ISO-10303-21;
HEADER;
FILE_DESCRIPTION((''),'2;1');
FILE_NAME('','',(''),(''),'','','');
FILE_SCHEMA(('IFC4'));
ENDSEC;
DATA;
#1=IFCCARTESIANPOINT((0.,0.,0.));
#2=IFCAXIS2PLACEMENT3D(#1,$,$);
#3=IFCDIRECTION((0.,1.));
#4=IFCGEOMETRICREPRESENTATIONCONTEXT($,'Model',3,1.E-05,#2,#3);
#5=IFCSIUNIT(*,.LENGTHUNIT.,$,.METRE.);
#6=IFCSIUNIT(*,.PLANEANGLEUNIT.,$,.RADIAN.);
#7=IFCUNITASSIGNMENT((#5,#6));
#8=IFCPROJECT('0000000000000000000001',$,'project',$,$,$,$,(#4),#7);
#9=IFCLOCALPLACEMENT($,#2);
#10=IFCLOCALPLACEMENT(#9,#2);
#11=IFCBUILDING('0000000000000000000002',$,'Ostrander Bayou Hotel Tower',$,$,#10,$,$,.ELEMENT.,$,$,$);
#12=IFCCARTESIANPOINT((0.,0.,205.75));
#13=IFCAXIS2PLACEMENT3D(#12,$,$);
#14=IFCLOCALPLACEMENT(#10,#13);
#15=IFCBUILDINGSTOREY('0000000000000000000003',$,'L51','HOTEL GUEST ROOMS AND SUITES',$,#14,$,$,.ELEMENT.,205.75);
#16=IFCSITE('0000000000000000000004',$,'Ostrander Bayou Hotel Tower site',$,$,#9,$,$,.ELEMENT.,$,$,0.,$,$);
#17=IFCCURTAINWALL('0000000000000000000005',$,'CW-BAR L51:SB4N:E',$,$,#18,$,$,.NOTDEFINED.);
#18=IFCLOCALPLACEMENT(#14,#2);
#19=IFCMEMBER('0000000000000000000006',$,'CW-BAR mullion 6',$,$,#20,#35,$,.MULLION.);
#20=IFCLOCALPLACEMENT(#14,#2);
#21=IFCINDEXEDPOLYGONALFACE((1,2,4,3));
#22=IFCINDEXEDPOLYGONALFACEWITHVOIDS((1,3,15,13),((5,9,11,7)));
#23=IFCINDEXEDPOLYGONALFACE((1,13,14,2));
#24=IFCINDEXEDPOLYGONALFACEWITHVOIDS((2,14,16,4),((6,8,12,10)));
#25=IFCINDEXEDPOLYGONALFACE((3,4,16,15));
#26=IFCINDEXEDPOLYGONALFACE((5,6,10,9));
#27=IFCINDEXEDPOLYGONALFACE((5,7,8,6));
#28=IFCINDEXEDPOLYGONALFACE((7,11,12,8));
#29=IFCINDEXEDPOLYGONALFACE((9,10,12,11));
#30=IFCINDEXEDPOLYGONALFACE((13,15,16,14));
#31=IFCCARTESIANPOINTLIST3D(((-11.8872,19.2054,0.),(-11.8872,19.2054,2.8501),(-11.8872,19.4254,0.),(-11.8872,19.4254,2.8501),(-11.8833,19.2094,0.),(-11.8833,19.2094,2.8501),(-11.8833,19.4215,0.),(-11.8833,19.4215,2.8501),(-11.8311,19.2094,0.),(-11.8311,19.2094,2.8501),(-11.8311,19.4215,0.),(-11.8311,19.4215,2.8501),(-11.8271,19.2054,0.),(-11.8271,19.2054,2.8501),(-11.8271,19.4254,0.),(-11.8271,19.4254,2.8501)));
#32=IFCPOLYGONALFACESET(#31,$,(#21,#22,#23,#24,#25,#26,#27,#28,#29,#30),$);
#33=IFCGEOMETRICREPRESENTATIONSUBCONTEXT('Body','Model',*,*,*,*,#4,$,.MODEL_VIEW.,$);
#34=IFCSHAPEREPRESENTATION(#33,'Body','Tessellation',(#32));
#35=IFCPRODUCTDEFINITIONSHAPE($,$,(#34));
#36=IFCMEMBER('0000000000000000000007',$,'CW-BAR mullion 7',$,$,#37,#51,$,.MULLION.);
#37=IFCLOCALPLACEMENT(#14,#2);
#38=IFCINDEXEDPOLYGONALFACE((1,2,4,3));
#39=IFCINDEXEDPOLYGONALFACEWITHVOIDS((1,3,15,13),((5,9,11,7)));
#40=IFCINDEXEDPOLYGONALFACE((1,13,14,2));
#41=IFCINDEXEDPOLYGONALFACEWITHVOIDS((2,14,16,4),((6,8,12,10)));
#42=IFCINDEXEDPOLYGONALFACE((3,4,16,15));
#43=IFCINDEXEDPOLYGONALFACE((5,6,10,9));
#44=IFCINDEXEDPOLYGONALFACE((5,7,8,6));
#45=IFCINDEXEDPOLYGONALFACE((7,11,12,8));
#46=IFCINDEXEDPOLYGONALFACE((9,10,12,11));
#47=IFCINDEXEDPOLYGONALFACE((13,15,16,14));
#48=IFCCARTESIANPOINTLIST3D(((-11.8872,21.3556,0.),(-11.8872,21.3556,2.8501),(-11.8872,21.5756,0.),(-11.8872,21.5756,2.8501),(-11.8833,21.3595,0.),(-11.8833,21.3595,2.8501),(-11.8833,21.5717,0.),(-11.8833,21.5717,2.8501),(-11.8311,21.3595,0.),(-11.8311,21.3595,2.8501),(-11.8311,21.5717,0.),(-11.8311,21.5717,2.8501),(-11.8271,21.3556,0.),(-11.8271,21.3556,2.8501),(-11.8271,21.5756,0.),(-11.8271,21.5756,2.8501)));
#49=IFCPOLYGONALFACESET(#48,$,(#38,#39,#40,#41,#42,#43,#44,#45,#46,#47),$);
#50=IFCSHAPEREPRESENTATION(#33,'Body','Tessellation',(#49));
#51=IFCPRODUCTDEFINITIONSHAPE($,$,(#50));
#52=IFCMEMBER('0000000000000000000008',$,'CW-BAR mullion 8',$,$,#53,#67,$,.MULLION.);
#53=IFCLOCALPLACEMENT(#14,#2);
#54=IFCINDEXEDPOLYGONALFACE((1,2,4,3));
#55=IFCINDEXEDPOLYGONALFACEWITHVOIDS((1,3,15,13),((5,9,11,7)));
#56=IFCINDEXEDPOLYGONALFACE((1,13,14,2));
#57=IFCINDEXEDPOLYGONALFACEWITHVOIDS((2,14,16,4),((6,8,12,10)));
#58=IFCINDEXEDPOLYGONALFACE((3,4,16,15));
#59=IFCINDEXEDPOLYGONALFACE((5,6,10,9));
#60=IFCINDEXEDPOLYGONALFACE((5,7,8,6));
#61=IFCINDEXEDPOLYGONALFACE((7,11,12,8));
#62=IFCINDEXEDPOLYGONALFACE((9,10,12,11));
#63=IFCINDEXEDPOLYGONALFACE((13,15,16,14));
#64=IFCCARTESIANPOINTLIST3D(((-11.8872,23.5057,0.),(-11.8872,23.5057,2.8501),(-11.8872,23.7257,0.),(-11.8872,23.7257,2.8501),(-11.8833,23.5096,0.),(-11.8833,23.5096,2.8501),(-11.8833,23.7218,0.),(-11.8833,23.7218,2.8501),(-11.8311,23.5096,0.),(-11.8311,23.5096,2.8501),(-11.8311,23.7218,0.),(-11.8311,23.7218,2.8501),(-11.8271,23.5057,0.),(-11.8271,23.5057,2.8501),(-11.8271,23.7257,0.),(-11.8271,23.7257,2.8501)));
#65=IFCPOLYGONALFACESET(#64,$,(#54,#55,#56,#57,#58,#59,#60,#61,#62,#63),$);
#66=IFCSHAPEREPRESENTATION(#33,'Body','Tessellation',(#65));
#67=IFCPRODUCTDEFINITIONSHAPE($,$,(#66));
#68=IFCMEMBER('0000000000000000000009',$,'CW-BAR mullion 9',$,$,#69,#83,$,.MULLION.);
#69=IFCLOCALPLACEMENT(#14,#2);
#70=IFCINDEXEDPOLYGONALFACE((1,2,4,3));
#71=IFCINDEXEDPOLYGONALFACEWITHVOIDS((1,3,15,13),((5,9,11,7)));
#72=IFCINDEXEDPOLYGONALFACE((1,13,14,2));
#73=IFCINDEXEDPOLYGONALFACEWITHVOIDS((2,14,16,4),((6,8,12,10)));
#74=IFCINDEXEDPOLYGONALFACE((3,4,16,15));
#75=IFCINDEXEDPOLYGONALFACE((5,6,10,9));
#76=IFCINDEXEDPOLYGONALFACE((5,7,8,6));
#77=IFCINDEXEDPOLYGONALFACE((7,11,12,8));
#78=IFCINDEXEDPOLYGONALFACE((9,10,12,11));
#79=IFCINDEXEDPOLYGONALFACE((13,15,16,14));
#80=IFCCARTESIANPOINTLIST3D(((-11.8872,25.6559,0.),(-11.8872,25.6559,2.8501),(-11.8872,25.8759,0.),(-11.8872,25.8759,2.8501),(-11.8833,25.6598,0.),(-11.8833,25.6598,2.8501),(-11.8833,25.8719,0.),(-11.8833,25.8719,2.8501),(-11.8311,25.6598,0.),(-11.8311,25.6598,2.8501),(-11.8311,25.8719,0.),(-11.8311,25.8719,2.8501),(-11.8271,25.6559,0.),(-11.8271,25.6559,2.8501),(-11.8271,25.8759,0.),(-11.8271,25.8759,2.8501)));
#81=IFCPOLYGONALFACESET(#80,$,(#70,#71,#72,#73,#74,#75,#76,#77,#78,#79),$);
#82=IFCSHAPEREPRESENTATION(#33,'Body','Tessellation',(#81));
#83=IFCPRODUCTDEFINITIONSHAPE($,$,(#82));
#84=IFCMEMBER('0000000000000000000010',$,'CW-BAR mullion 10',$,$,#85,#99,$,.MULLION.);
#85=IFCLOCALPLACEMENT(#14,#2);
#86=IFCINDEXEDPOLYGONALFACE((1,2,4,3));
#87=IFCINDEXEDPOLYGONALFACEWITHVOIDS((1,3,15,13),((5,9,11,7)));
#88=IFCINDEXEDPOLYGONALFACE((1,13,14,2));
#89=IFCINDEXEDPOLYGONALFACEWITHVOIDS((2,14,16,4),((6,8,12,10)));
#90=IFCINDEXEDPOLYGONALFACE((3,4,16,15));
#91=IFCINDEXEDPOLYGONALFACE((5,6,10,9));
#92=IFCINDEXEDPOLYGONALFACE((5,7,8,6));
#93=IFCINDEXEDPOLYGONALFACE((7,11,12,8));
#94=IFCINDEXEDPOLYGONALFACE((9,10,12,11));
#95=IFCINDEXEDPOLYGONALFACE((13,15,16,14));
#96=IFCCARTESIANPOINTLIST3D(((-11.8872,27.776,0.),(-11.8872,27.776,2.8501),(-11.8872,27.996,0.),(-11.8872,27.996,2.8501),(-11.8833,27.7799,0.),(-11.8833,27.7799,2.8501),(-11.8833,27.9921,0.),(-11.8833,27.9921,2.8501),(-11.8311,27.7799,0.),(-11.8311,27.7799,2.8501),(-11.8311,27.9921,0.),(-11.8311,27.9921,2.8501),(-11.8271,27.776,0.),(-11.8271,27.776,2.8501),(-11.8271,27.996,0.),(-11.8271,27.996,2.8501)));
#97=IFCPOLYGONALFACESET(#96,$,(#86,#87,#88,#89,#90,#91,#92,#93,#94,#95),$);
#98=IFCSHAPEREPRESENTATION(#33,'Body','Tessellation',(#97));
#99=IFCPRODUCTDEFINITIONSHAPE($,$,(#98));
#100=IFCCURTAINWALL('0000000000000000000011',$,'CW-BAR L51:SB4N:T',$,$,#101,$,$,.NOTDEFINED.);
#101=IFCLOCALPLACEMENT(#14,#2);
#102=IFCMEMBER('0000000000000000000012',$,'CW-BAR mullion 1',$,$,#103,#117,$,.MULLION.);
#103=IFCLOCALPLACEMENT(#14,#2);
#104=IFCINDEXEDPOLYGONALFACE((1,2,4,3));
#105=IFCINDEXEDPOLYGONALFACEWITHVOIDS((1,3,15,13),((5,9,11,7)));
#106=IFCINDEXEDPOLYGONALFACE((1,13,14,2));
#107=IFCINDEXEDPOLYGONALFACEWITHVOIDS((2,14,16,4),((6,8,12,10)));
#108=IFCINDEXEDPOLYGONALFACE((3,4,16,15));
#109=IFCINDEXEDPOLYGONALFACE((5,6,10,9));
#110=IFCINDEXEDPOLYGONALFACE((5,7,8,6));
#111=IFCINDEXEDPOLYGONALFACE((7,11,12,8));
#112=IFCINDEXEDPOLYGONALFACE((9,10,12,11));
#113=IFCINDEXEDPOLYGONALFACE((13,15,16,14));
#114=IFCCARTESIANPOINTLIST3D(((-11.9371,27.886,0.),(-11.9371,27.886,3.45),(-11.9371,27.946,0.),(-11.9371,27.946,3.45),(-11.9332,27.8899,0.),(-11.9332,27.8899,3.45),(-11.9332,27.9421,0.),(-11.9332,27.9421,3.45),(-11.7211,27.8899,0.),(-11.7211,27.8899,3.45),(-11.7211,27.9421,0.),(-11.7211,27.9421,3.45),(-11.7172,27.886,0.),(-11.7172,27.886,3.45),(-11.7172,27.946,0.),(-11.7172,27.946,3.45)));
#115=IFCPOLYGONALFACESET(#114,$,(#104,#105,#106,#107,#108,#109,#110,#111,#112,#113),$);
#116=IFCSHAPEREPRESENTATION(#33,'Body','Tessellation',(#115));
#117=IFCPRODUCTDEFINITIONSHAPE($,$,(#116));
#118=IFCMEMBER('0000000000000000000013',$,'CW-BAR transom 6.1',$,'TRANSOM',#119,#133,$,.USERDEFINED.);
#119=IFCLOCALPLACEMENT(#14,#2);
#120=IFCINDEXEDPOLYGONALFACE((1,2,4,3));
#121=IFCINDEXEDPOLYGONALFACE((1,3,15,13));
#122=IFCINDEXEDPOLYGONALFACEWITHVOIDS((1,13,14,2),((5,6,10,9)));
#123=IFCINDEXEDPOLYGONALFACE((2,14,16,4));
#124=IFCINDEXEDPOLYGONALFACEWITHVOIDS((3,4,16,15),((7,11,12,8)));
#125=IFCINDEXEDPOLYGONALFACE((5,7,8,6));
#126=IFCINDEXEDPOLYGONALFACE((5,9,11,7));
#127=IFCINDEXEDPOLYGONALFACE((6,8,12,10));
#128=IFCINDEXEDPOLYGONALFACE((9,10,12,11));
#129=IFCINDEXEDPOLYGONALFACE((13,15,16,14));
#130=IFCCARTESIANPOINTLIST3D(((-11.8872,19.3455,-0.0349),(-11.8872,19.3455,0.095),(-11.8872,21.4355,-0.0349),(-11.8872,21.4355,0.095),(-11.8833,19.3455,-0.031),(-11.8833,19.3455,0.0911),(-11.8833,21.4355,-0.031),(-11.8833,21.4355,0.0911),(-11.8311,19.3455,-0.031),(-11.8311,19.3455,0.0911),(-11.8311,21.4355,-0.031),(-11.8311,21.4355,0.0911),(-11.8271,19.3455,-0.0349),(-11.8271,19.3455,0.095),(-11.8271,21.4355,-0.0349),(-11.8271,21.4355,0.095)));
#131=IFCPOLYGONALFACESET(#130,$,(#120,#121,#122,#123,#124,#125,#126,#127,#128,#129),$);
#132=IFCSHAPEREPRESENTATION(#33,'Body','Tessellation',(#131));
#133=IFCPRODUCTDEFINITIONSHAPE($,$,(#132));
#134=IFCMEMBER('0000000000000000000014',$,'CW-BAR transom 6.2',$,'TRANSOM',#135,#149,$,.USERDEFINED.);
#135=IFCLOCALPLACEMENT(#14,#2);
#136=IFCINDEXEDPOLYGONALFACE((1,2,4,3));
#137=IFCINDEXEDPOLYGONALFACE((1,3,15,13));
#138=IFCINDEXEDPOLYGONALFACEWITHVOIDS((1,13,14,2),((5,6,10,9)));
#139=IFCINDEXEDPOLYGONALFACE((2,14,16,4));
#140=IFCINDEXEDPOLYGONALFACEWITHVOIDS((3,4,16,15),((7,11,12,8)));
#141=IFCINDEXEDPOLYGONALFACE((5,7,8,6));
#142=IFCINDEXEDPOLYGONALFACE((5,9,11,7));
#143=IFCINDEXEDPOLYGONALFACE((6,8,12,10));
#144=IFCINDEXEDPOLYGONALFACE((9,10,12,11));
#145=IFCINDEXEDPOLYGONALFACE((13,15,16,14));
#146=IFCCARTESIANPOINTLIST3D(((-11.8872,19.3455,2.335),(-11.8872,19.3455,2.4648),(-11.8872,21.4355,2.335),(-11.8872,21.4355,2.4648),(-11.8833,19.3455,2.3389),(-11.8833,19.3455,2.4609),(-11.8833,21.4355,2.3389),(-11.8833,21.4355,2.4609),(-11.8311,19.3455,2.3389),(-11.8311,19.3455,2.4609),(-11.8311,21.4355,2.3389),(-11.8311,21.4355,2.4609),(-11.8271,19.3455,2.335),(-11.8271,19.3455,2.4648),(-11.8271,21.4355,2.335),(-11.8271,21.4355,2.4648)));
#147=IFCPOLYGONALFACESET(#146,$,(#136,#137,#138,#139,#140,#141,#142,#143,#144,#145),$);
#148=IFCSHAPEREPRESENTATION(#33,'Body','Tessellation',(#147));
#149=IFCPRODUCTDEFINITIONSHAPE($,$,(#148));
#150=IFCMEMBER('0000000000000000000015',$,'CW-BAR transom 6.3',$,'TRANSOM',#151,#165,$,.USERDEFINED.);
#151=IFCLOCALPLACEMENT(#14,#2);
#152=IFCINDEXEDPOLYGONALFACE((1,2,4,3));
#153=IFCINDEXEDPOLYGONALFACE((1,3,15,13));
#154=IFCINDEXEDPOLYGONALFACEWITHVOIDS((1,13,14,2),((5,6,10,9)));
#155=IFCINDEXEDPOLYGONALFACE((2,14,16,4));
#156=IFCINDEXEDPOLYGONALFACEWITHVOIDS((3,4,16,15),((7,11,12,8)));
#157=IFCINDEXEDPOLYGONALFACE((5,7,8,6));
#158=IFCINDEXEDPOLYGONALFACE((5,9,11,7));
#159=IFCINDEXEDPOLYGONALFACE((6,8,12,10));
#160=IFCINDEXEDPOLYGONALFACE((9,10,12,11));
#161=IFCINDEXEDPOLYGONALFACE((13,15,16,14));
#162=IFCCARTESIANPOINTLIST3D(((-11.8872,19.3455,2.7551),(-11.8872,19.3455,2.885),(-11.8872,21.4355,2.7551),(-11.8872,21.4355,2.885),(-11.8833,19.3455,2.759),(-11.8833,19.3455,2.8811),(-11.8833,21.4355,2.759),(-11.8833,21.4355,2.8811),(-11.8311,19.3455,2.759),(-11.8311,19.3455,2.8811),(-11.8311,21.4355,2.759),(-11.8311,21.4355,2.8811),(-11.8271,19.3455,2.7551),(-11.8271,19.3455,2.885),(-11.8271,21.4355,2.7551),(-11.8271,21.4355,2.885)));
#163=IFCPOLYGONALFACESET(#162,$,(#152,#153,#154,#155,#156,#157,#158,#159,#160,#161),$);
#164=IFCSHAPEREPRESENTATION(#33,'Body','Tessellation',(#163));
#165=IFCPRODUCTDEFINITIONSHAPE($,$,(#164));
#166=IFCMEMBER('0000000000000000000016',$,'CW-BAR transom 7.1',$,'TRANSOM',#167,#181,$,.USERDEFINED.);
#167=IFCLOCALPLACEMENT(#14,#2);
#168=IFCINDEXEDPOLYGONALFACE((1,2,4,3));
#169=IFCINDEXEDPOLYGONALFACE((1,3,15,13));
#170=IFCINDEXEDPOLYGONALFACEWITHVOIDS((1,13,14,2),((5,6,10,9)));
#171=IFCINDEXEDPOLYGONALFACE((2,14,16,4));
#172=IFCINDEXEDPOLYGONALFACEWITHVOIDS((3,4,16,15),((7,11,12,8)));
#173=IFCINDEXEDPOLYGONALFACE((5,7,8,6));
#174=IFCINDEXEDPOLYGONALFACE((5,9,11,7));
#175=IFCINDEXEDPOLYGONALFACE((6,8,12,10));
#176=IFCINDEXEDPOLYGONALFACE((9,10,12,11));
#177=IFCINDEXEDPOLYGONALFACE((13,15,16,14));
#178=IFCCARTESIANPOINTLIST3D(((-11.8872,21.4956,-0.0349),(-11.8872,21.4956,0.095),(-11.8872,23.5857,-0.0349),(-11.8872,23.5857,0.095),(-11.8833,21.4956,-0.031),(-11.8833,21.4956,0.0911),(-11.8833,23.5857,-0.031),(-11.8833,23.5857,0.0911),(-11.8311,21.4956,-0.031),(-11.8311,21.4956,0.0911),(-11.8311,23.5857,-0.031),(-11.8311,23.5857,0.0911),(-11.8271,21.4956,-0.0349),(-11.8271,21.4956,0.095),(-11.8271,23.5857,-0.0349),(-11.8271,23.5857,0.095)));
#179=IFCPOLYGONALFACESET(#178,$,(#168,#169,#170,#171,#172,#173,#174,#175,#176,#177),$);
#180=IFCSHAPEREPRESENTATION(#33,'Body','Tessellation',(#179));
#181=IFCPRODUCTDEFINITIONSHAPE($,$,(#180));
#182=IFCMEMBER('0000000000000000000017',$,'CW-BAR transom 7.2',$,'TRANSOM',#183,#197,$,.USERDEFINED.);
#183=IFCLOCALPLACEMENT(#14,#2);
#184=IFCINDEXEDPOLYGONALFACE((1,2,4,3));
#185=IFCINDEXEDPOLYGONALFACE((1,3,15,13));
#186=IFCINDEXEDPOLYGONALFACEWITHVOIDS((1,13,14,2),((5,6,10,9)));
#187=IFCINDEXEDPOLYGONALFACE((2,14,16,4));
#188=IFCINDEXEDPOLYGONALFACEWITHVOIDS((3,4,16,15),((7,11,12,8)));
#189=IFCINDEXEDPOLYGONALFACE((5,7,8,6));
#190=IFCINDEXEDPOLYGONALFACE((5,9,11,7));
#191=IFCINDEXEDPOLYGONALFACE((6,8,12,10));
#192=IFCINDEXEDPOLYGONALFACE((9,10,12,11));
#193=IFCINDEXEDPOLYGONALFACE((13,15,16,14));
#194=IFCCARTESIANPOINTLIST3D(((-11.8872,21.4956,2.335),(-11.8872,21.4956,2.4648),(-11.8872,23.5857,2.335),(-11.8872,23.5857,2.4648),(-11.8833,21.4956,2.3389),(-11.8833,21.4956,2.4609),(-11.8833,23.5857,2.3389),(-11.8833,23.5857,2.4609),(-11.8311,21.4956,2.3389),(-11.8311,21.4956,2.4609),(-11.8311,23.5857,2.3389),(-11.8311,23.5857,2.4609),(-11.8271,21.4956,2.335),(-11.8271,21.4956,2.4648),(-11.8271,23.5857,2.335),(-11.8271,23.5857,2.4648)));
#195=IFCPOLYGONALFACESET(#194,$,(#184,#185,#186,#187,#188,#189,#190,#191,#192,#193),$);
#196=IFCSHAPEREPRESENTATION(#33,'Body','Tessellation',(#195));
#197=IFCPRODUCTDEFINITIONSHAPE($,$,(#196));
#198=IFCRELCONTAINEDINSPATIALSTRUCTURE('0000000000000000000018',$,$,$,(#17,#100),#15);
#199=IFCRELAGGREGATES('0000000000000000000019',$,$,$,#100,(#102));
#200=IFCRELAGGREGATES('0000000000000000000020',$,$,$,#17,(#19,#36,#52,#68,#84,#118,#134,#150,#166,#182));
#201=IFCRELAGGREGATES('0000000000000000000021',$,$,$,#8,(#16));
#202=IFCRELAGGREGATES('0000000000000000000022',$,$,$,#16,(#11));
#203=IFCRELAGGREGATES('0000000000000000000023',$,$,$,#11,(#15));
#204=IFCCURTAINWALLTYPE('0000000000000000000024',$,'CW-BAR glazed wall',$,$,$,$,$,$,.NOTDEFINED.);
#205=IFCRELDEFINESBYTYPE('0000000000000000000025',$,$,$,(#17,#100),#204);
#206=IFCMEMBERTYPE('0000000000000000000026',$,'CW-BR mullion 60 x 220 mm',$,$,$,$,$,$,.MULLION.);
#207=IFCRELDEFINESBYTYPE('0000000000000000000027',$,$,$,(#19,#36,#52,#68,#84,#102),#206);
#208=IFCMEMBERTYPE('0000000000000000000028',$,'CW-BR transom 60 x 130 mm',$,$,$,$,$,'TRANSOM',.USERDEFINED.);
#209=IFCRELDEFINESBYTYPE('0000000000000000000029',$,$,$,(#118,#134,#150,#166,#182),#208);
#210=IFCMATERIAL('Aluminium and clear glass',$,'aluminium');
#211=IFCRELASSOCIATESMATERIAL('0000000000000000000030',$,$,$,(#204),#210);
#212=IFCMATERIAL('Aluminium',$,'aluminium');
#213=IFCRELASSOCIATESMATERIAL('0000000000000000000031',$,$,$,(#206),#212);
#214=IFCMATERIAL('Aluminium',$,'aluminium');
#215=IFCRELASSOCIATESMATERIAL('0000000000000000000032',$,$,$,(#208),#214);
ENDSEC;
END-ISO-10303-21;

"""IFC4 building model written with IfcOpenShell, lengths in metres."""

from ifc_helpers import new_model, si_unit, direction, frame, origin, origin_2d, place, context, subcontext, project, spatial, hollow_rectangle, extrude, material, material_profile, profile_set, type_object, element, aggregate, save


model = new_model("IFC4")

# Units and contexts
model_context = context("Model", 3, precision=1e-05, world=origin(), true_north=direction((0.0, 1.0)))
body_context = subcontext(model_context, "Body", "Model", "MODEL_VIEW")
ifc_project = project(units=[si_unit("LENGTHUNIT", "METRE"), si_unit("PLANEANGLEUNIT", "RADIAN")], contexts=[model_context])

# Site, building, storey
site_placement = place(None, origin())
site = spatial("IfcSite", under=ifc_project, at=site_placement, Name="Ostrander Bayou Hotel Tower site", CompositionType="ELEMENT", RefElevation=0.0)
building_placement = place(site_placement, origin())
building = spatial("IfcBuilding", under=site, at=building_placement, Name="Ostrander Bayou Hotel Tower", CompositionType="ELEMENT")
storey_placement = place(building_placement, frame((0.0, 0.0, 205.75)))
storey = spatial("IfcBuildingStorey", under=building, at=storey_placement, Name="L51", Description="HOTEL GUEST ROOMS AND SUITES", CompositionType="ELEMENT", Elevation=205.75)

# Curtain wall, members
ifc_material_1 = material(Name="Aluminium and clear glass", Category="aluminium")
curtain_wall_type = type_object("IfcCurtainWallType", Name="CW-BAR glazed wall", PredefinedType="NOTDEFINED", material=ifc_material_1)
curtain_wall_1_placement = place(storey_placement, origin())
curtain_wall_1 = element("IfcCurtainWall", 1, at=curtain_wall_1_placement, inside=storey, type_object=curtain_wall_type, Name="CW-BAR L51:SB4N:E", PredefinedType="NOTDEFINED")
ifc_material_2 = material(Name="Aluminium", Category="aluminium")
ifc_material_profile_1 = material_profile(ifc_material_2, hollow_rectangle(XDim=0.0601, YDim=0.22, WallThickness=0.0039, at=origin_2d()))
ifc_profile_set_1 = profile_set([ifc_material_profile_1], Name="Aluminium")
member_type_1 = type_object("IfcMemberType", Name="CW-BR mullion 60 x 220 mm", PredefinedType="MULLION", material=ifc_profile_set_1)
member_1_placement = place(storey_placement, frame((-11.8572, 19.3154, 0.0), z_axis=(0.0, 0.0, 1.0), x_axis=(-1.0, 0.0, 0.0)))
member_1 = element("IfcMember", 2, at=member_1_placement, type_object=member_type_1, Name="CW-BAR mullion 6", PredefinedType="MULLION", context=body_context, shape_type="SweptSolid", body=[
    extrude(hollow_rectangle(XDim=0.0601, YDim=0.22, WallThickness=0.0039, at=origin_2d()), origin(), (0.0, 0.0, 1.0), 2.8501),
])
member_2_placement = place(storey_placement, frame((-11.8572, 21.4656, 0.0), z_axis=(0.0, 0.0, 1.0), x_axis=(-1.0, 0.0, 0.0)))
member_2 = element("IfcMember", 3, at=member_2_placement, type_object=member_type_1, Name="CW-BAR mullion 7", PredefinedType="MULLION", context=body_context, shape_type="SweptSolid", body=[
    extrude(hollow_rectangle(XDim=0.0601, YDim=0.22, WallThickness=0.0039, at=origin_2d()), origin(), (0.0, 0.0, 1.0), 2.8501),
])
member_3_placement = place(storey_placement, frame((-11.8572, 23.6157, 0.0), z_axis=(0.0, 0.0, 1.0), x_axis=(-1.0, 0.0, 0.0)))
member_3 = element("IfcMember", 4, at=member_3_placement, type_object=member_type_1, Name="CW-BAR mullion 8", PredefinedType="MULLION", context=body_context, shape_type="SweptSolid", body=[
    extrude(hollow_rectangle(XDim=0.0601, YDim=0.22, WallThickness=0.0039, at=origin_2d()), origin(), (0.0, 0.0, 1.0), 2.8501),
])
member_4_placement = place(storey_placement, frame((-11.8572, 25.7659, 0.0), z_axis=(0.0, 0.0, 1.0), x_axis=(-1.0, 0.0, 0.0)))
member_4 = element("IfcMember", 5, at=member_4_placement, type_object=member_type_1, Name="CW-BAR mullion 9", PredefinedType="MULLION", context=body_context, shape_type="SweptSolid", body=[
    extrude(hollow_rectangle(XDim=0.0601, YDim=0.22, WallThickness=0.0039, at=origin_2d()), origin(), (0.0, 0.0, 1.0), 2.8501),
])
member_5_placement = place(storey_placement, frame((-11.8572, 27.886, 0.0), z_axis=(0.0, 0.0, 1.0), x_axis=(-1.0, 0.0, 0.0)))
member_5 = element("IfcMember", 6, at=member_5_placement, type_object=member_type_1, Name="CW-BAR mullion 10", PredefinedType="MULLION", context=body_context, shape_type="SweptSolid", body=[
    extrude(hollow_rectangle(XDim=0.0601, YDim=0.22, WallThickness=0.0039, at=origin_2d()), origin(), (0.0, 0.0, 1.0), 2.8501),
])

# Curtain wall, member
curtain_wall_2_placement = place(storey_placement, origin())
curtain_wall_2 = element("IfcCurtainWall", 7, at=curtain_wall_2_placement, inside=storey, type_object=curtain_wall_type, Name="CW-BAR L51:SB4N:T", PredefinedType="NOTDEFINED")
member_6_placement = place(storey_placement, frame((-11.8271, 27.916, 0.0), z_axis=(0.0, 0.0, 1.0), x_axis=(0.0, 1.0, 0.0)))
member_6 = element("IfcMember", 8, at=member_6_placement, type_object=member_type_1, Name="CW-BAR mullion 1", PredefinedType="MULLION", context=body_context, shape_type="SweptSolid", body=[
    extrude(hollow_rectangle(XDim=0.0601, YDim=0.22, WallThickness=0.0039, at=origin_2d()), origin(), (0.0, 0.0, 1.0), 3.45),
])
aggregate(curtain_wall_2, [member_6])

# Members
ifc_material_3 = material(Name="Aluminium", Category="aluminium")
ifc_material_profile_2 = material_profile(ifc_material_3, hollow_rectangle(XDim=0.0601, YDim=0.1299, WallThickness=0.0039, at=origin_2d()))
ifc_profile_set_2 = profile_set([ifc_material_profile_2], Name="Aluminium")
member_type_2 = type_object("IfcMemberType", Name="CW-BR transom 60 x 130 mm", ElementType="TRANSOM", PredefinedType="USERDEFINED", material=ifc_profile_set_2)
member_7_placement = place(storey_placement, frame((-11.8572, 19.3455, 0.03), z_axis=(0.0, 1.0, 0.0), x_axis=(-1.0, 0.0, 0.0)))
member_7 = element("IfcMember", 9, at=member_7_placement, type_object=member_type_2, Name="CW-BAR transom 6.1", ObjectType="TRANSOM", PredefinedType="USERDEFINED", context=body_context, shape_type="SweptSolid", body=[
    extrude(hollow_rectangle(XDim=0.0601, YDim=0.1299, WallThickness=0.0039, at=origin_2d()), origin(), (0.0, 0.0, 1.0), 2.0901),
])
member_8_placement = place(storey_placement, frame((-11.8572, 19.3455, 2.3999), z_axis=(0.0, 1.0, 0.0), x_axis=(-1.0, 0.0, 0.0)))
member_8 = element("IfcMember", 10, at=member_8_placement, type_object=member_type_2, Name="CW-BAR transom 6.2", ObjectType="TRANSOM", PredefinedType="USERDEFINED", context=body_context, shape_type="SweptSolid", body=[
    extrude(hollow_rectangle(XDim=0.0601, YDim=0.1299, WallThickness=0.0039, at=origin_2d()), origin(), (0.0, 0.0, 1.0), 2.0901),
])
member_9_placement = place(storey_placement, frame((-11.8572, 19.3455, 2.8201), z_axis=(0.0, 1.0, 0.0), x_axis=(-1.0, 0.0, 0.0)))
member_9 = element("IfcMember", 11, at=member_9_placement, type_object=member_type_2, Name="CW-BAR transom 6.3", ObjectType="TRANSOM", PredefinedType="USERDEFINED", context=body_context, shape_type="SweptSolid", body=[
    extrude(hollow_rectangle(XDim=0.0601, YDim=0.1299, WallThickness=0.0039, at=origin_2d()), origin(), (0.0, 0.0, 1.0), 2.0901),
])
member_10_placement = place(storey_placement, frame((-11.8572, 21.4956, 0.03), z_axis=(0.0, 1.0, 0.0), x_axis=(-1.0, 0.0, 0.0)))
member_10 = element("IfcMember", 12, at=member_10_placement, type_object=member_type_2, Name="CW-BAR transom 7.1", ObjectType="TRANSOM", PredefinedType="USERDEFINED", context=body_context, shape_type="SweptSolid", body=[
    extrude(hollow_rectangle(XDim=0.0601, YDim=0.1299, WallThickness=0.0039, at=origin_2d()), origin(), (0.0, 0.0, 1.0), 2.0901),
])
member_11_placement = place(storey_placement, frame((-11.8572, 21.4956, 2.3999), z_axis=(0.0, 1.0, 0.0), x_axis=(-1.0, 0.0, 0.0)))
member_11 = element("IfcMember", 13, at=member_11_placement, type_object=member_type_2, Name="CW-BAR transom 7.2", ObjectType="TRANSOM", PredefinedType="USERDEFINED", context=body_context, shape_type="SweptSolid", body=[
    extrude(hollow_rectangle(XDim=0.0601, YDim=0.1299, WallThickness=0.0039, at=origin_2d()), origin(), (0.0, 0.0, 1.0), 2.0901),
])

aggregate(curtain_wall_1, [member_1, member_2, member_3, member_4, member_5, member_7, member_8, member_9, member_10, member_11])

save(model, "model.ifc")
